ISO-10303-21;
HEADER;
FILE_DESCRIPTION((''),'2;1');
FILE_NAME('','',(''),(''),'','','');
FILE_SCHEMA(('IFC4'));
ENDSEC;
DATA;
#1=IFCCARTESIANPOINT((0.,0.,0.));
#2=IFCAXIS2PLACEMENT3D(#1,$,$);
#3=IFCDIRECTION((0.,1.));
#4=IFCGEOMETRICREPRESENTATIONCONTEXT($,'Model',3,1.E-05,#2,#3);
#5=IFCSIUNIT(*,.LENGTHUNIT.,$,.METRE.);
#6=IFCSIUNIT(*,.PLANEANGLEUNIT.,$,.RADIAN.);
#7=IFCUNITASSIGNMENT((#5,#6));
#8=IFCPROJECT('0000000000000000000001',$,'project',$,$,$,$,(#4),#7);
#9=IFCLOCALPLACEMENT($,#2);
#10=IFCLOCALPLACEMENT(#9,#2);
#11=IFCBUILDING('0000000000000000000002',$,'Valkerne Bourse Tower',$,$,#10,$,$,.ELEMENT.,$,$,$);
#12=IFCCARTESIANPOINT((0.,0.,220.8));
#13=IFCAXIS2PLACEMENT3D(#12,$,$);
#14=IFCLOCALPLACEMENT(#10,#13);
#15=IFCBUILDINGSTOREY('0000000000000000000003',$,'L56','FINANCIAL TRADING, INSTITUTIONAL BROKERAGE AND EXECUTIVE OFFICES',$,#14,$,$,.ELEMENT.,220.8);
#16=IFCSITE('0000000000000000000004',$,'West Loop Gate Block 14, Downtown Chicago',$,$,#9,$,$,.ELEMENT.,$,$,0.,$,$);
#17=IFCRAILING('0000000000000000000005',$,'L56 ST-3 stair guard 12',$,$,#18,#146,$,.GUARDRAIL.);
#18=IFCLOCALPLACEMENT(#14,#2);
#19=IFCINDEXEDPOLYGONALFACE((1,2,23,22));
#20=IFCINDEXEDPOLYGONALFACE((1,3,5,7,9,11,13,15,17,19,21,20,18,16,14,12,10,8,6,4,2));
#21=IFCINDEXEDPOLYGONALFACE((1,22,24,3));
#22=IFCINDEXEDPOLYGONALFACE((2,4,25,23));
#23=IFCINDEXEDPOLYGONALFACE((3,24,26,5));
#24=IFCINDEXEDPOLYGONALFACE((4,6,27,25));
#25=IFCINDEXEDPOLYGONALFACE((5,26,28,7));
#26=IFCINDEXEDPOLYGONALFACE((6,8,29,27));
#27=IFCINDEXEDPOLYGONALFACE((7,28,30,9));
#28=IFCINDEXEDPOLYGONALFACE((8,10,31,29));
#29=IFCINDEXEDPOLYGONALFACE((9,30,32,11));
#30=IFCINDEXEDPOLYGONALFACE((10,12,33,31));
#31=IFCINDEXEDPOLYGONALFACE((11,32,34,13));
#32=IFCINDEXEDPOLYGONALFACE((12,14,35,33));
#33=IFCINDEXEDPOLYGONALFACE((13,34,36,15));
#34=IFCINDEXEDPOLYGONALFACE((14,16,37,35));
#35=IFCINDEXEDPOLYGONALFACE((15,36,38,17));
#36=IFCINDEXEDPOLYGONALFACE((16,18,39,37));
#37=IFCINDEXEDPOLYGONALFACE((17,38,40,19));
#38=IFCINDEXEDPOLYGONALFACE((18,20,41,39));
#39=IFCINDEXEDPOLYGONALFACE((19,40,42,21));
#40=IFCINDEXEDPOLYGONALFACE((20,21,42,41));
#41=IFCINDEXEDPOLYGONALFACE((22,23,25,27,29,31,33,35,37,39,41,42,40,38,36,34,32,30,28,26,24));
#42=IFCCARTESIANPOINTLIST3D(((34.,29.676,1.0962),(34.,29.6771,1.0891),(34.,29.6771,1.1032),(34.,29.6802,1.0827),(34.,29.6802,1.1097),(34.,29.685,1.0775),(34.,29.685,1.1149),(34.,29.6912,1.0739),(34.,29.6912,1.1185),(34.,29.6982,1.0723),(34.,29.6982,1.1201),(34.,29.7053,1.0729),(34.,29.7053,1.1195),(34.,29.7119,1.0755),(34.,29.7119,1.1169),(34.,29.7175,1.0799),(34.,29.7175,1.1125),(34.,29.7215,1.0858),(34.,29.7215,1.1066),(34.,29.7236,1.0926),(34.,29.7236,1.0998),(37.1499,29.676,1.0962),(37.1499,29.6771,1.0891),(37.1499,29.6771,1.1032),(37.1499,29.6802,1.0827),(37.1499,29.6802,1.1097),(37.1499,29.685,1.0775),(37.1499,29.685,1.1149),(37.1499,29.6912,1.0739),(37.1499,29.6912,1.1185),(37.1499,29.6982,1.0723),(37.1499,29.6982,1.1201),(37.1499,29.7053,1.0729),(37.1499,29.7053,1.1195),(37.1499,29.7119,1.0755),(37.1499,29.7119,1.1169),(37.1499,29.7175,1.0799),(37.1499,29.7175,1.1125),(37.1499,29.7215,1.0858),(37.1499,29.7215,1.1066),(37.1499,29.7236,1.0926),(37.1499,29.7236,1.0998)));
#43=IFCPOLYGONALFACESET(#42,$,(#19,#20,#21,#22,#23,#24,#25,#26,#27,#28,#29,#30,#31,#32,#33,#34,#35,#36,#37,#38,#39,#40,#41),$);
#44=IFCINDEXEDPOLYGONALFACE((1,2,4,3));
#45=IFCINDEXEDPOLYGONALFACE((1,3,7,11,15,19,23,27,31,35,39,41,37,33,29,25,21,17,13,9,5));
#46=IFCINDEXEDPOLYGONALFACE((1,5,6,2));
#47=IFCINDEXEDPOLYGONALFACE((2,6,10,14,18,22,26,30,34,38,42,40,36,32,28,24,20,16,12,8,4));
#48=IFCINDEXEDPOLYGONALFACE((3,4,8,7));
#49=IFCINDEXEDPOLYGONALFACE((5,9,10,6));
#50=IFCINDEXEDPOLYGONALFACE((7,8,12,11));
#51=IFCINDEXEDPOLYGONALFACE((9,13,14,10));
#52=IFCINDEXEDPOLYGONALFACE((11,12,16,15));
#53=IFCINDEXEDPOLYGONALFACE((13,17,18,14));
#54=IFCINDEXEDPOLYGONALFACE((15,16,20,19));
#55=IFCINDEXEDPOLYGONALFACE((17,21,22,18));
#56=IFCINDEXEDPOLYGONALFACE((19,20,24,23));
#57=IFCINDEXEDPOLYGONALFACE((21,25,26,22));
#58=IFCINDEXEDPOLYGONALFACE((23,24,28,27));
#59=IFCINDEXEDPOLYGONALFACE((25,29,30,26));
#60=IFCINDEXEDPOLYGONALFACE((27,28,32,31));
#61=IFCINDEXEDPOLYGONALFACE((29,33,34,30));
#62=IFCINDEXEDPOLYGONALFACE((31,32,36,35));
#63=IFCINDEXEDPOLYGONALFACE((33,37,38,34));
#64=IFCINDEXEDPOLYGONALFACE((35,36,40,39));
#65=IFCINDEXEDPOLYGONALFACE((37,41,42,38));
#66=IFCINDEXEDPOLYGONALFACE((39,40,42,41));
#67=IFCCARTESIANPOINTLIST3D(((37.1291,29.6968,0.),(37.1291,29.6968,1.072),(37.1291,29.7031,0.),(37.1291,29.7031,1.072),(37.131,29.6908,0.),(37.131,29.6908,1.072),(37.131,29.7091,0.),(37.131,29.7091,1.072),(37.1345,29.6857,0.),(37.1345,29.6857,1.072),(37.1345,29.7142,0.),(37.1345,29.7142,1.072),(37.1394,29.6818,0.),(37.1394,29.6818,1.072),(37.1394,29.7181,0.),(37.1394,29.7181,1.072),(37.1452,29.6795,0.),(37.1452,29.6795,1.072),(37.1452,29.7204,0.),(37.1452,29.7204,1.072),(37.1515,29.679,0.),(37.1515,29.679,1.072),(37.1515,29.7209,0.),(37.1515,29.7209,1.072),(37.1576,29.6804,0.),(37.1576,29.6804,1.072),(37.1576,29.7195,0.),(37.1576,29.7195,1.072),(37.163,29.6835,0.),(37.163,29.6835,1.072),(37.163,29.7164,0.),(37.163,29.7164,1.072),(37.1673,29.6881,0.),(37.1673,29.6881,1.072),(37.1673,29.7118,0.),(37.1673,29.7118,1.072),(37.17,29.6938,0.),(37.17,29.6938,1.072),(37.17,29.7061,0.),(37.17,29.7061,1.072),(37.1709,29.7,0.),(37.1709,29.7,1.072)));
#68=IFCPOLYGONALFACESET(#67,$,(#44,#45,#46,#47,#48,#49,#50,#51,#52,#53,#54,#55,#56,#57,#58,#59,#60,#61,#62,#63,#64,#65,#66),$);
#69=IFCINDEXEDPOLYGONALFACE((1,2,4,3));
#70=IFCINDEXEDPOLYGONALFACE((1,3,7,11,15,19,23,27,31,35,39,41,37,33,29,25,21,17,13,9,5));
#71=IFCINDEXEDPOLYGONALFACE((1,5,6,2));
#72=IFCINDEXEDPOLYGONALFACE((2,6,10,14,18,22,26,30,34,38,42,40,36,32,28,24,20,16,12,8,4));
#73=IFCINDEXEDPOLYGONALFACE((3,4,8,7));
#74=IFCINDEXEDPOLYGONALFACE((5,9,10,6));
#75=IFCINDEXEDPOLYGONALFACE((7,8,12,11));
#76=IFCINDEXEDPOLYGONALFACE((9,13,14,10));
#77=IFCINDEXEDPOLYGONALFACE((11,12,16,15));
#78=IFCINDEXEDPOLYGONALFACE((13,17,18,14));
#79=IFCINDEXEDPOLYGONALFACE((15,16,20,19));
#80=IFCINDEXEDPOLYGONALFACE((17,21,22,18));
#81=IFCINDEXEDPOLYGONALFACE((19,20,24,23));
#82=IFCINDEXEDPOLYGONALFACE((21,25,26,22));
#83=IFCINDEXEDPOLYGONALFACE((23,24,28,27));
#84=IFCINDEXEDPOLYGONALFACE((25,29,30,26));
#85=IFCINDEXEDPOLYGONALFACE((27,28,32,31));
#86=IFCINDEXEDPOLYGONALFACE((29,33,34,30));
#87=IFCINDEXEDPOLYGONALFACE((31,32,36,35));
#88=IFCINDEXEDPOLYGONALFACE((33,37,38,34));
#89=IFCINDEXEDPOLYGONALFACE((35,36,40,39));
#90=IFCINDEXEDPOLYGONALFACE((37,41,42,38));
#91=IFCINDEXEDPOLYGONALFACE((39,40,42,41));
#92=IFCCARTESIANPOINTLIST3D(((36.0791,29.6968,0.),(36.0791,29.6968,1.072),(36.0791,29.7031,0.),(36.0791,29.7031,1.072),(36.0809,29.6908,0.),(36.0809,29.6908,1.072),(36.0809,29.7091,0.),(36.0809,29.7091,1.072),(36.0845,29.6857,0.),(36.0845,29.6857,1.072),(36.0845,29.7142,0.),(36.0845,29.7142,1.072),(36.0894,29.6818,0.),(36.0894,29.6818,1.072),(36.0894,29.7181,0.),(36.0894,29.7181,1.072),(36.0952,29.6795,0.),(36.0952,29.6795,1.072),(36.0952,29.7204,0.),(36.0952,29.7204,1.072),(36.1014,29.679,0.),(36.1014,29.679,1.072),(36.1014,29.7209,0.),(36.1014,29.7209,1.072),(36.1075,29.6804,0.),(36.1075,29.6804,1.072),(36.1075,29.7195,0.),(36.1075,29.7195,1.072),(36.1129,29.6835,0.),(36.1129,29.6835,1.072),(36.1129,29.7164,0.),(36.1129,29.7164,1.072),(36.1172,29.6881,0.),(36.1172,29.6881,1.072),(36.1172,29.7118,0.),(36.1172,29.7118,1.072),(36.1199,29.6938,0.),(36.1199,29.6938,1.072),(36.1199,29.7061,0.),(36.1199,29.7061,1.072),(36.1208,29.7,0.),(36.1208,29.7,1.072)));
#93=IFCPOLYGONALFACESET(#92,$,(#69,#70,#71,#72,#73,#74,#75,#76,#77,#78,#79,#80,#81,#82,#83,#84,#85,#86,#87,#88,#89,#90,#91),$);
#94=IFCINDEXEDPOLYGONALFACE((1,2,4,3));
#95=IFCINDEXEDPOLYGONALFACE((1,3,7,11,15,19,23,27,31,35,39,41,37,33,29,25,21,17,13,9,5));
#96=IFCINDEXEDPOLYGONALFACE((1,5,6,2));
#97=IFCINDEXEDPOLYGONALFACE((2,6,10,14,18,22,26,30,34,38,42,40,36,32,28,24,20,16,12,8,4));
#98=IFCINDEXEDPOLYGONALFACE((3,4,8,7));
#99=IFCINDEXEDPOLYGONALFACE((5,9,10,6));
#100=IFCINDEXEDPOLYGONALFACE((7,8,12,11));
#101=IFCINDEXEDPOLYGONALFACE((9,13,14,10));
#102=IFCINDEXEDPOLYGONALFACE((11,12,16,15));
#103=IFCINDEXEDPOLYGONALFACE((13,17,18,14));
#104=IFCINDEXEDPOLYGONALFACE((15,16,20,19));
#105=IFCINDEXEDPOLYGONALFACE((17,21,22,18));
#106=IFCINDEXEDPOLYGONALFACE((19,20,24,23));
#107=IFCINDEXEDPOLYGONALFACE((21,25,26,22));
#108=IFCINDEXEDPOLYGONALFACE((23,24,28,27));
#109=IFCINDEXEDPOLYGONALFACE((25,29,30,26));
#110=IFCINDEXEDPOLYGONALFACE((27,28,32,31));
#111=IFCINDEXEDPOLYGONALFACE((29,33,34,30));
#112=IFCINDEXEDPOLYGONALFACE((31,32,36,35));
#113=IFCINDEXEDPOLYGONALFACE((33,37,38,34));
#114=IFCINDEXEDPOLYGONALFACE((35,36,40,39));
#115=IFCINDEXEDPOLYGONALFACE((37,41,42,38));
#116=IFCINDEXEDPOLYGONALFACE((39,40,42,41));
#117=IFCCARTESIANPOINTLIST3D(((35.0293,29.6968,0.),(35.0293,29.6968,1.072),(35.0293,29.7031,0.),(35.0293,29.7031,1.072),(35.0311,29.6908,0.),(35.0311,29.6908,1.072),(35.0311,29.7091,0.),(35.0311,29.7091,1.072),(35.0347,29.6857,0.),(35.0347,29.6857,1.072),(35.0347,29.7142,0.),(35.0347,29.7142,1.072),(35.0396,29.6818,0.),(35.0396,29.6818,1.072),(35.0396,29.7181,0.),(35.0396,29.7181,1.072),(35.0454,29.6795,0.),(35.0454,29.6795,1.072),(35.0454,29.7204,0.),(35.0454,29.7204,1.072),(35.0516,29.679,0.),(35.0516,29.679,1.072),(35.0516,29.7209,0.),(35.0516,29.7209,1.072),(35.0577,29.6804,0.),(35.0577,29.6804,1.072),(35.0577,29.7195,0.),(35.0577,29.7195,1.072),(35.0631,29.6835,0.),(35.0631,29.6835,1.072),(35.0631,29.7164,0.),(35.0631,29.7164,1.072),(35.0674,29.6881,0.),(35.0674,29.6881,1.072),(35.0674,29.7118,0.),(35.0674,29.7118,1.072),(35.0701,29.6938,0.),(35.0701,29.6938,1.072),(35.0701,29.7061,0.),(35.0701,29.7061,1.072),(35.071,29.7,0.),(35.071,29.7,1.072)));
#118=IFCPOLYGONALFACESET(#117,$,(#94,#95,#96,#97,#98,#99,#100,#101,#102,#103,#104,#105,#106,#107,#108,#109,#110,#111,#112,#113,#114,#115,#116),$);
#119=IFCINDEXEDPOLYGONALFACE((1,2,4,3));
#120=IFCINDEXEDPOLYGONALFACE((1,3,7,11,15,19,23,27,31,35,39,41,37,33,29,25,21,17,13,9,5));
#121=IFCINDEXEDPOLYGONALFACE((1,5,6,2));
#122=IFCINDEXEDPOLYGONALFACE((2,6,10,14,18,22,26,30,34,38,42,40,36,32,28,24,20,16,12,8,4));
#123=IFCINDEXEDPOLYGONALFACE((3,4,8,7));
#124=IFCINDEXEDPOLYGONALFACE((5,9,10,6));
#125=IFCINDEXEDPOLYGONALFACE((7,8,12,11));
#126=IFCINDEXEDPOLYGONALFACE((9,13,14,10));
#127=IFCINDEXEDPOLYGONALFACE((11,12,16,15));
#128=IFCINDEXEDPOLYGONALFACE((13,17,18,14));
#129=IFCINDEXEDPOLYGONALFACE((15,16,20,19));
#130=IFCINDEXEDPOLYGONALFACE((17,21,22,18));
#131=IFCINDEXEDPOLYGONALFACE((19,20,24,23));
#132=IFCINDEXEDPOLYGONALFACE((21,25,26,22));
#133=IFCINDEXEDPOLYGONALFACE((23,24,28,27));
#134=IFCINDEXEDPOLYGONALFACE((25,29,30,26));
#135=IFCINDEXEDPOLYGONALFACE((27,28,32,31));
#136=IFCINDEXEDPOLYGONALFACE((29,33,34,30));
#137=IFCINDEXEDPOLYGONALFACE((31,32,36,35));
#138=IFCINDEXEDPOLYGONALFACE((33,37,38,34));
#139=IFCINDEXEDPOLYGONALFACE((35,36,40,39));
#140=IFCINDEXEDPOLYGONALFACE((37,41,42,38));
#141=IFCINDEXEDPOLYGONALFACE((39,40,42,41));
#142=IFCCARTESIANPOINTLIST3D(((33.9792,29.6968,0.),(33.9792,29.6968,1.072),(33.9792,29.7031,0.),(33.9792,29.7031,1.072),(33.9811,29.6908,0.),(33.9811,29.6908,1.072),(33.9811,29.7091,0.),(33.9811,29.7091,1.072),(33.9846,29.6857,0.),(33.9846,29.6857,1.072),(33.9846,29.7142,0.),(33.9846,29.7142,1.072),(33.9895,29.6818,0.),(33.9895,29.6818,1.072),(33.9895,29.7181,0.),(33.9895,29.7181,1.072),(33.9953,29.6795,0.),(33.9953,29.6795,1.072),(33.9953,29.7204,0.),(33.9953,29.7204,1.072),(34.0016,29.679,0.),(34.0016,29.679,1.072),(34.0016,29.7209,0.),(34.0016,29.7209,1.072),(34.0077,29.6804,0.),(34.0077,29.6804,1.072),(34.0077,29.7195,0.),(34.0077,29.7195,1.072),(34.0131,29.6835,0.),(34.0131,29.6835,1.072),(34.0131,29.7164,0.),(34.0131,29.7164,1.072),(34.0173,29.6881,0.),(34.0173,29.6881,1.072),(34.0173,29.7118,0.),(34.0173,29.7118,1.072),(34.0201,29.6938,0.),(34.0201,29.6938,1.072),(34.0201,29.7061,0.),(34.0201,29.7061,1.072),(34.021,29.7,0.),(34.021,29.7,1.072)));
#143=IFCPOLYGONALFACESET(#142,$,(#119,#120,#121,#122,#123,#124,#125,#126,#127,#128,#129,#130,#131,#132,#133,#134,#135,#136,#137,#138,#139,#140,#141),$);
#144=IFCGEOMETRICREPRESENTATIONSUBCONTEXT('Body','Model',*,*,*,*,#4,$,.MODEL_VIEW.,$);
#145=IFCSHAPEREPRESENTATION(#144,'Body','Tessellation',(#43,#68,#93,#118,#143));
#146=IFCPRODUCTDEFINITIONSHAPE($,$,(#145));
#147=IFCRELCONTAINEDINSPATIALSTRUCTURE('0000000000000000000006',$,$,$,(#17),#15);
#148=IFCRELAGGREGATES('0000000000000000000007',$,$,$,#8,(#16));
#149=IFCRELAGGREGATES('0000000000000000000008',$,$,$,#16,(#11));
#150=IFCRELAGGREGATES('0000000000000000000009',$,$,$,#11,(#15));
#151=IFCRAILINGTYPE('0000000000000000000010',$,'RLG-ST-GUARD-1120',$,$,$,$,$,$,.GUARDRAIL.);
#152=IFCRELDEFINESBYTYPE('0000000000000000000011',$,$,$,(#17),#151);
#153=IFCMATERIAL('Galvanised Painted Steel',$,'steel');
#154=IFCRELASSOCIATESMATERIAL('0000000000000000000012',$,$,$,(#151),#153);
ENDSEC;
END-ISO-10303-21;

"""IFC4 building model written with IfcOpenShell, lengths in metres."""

from ifc_helpers import new_model, si_unit, direction, frame, origin, origin_2d, place, context, subcontext, project, spatial, circle, extrude, material, type_object, element, save


model = new_model("IFC4")

# Units and contexts
model_context = context("Model", 3, precision=1e-05, world=origin(), true_north=direction((0.0, 1.0)))
body_context = subcontext(model_context, "Body", "Model", "MODEL_VIEW")
ifc_project = project(units=[si_unit("LENGTHUNIT", "METRE"), si_unit("PLANEANGLEUNIT", "RADIAN")], contexts=[model_context])

# Site, building, storey
site_placement = place(None, origin())
site = spatial("IfcSite", under=ifc_project, at=site_placement, Name="West Loop Gate Block 14, Downtown Chicago", CompositionType="ELEMENT", RefElevation=0.0)
building_placement = place(site_placement, origin())
building = spatial("IfcBuilding", under=site, at=building_placement, Name="Valkerne Bourse Tower", CompositionType="ELEMENT")
storey_placement = place(building_placement, frame((0.0, 0.0, 220.8)))
storey = spatial("IfcBuildingStorey", under=building, at=storey_placement, Name="L56", Description="FINANCIAL TRADING, INSTITUTIONAL BROKERAGE AND EXECUTIVE OFFICES", CompositionType="ELEMENT", Elevation=220.8)

# Shared definitions
ifc_material_1 = material(Name="Galvanised Painted Steel", Category="steel")

# Railing
railing_type = type_object("IfcRailingType", Name="RLG-ST-GUARD-1120", PredefinedType="GUARDRAIL", material=ifc_material_1)
railing_1_placement = place(storey_placement, frame((37.1499, 29.7, 0.0)))
element("IfcRailing", 1, at=railing_1_placement, inside=storey, type_object=railing_type, Name="L56 ST-3 stair guard 12", PredefinedType="GUARDRAIL", context=body_context, shape_type="SweptSolid", body=[
    extrude(circle(Radius=0.0239, at=origin_2d()), frame((0.0, 0.0, 1.0962), z_axis=(-1.0, 0.0, 0.0), x_axis=(0.0, -1.0, 0.0)), (0.0, 0.0, 1.0), 3.1499),
    extrude(circle(Radius=0.021, at=origin_2d()), origin(), (0.0, 0.0, 1.0), 1.072),
    extrude(circle(Radius=0.021, at=origin_2d()), frame((-1.05, 0.0, 0.0)), (0.0, 0.0, 1.0), 1.072),
    extrude(circle(Radius=0.021, at=origin_2d()), frame((-2.0999, 0.0, 0.0)), (0.0, 0.0, 1.0), 1.072),
    extrude(circle(Radius=0.021, at=origin_2d()), frame((-3.1499, 0.0, 0.0)), (0.0, 0.0, 1.0), 1.072),
])

save(model, "model.ifc")
